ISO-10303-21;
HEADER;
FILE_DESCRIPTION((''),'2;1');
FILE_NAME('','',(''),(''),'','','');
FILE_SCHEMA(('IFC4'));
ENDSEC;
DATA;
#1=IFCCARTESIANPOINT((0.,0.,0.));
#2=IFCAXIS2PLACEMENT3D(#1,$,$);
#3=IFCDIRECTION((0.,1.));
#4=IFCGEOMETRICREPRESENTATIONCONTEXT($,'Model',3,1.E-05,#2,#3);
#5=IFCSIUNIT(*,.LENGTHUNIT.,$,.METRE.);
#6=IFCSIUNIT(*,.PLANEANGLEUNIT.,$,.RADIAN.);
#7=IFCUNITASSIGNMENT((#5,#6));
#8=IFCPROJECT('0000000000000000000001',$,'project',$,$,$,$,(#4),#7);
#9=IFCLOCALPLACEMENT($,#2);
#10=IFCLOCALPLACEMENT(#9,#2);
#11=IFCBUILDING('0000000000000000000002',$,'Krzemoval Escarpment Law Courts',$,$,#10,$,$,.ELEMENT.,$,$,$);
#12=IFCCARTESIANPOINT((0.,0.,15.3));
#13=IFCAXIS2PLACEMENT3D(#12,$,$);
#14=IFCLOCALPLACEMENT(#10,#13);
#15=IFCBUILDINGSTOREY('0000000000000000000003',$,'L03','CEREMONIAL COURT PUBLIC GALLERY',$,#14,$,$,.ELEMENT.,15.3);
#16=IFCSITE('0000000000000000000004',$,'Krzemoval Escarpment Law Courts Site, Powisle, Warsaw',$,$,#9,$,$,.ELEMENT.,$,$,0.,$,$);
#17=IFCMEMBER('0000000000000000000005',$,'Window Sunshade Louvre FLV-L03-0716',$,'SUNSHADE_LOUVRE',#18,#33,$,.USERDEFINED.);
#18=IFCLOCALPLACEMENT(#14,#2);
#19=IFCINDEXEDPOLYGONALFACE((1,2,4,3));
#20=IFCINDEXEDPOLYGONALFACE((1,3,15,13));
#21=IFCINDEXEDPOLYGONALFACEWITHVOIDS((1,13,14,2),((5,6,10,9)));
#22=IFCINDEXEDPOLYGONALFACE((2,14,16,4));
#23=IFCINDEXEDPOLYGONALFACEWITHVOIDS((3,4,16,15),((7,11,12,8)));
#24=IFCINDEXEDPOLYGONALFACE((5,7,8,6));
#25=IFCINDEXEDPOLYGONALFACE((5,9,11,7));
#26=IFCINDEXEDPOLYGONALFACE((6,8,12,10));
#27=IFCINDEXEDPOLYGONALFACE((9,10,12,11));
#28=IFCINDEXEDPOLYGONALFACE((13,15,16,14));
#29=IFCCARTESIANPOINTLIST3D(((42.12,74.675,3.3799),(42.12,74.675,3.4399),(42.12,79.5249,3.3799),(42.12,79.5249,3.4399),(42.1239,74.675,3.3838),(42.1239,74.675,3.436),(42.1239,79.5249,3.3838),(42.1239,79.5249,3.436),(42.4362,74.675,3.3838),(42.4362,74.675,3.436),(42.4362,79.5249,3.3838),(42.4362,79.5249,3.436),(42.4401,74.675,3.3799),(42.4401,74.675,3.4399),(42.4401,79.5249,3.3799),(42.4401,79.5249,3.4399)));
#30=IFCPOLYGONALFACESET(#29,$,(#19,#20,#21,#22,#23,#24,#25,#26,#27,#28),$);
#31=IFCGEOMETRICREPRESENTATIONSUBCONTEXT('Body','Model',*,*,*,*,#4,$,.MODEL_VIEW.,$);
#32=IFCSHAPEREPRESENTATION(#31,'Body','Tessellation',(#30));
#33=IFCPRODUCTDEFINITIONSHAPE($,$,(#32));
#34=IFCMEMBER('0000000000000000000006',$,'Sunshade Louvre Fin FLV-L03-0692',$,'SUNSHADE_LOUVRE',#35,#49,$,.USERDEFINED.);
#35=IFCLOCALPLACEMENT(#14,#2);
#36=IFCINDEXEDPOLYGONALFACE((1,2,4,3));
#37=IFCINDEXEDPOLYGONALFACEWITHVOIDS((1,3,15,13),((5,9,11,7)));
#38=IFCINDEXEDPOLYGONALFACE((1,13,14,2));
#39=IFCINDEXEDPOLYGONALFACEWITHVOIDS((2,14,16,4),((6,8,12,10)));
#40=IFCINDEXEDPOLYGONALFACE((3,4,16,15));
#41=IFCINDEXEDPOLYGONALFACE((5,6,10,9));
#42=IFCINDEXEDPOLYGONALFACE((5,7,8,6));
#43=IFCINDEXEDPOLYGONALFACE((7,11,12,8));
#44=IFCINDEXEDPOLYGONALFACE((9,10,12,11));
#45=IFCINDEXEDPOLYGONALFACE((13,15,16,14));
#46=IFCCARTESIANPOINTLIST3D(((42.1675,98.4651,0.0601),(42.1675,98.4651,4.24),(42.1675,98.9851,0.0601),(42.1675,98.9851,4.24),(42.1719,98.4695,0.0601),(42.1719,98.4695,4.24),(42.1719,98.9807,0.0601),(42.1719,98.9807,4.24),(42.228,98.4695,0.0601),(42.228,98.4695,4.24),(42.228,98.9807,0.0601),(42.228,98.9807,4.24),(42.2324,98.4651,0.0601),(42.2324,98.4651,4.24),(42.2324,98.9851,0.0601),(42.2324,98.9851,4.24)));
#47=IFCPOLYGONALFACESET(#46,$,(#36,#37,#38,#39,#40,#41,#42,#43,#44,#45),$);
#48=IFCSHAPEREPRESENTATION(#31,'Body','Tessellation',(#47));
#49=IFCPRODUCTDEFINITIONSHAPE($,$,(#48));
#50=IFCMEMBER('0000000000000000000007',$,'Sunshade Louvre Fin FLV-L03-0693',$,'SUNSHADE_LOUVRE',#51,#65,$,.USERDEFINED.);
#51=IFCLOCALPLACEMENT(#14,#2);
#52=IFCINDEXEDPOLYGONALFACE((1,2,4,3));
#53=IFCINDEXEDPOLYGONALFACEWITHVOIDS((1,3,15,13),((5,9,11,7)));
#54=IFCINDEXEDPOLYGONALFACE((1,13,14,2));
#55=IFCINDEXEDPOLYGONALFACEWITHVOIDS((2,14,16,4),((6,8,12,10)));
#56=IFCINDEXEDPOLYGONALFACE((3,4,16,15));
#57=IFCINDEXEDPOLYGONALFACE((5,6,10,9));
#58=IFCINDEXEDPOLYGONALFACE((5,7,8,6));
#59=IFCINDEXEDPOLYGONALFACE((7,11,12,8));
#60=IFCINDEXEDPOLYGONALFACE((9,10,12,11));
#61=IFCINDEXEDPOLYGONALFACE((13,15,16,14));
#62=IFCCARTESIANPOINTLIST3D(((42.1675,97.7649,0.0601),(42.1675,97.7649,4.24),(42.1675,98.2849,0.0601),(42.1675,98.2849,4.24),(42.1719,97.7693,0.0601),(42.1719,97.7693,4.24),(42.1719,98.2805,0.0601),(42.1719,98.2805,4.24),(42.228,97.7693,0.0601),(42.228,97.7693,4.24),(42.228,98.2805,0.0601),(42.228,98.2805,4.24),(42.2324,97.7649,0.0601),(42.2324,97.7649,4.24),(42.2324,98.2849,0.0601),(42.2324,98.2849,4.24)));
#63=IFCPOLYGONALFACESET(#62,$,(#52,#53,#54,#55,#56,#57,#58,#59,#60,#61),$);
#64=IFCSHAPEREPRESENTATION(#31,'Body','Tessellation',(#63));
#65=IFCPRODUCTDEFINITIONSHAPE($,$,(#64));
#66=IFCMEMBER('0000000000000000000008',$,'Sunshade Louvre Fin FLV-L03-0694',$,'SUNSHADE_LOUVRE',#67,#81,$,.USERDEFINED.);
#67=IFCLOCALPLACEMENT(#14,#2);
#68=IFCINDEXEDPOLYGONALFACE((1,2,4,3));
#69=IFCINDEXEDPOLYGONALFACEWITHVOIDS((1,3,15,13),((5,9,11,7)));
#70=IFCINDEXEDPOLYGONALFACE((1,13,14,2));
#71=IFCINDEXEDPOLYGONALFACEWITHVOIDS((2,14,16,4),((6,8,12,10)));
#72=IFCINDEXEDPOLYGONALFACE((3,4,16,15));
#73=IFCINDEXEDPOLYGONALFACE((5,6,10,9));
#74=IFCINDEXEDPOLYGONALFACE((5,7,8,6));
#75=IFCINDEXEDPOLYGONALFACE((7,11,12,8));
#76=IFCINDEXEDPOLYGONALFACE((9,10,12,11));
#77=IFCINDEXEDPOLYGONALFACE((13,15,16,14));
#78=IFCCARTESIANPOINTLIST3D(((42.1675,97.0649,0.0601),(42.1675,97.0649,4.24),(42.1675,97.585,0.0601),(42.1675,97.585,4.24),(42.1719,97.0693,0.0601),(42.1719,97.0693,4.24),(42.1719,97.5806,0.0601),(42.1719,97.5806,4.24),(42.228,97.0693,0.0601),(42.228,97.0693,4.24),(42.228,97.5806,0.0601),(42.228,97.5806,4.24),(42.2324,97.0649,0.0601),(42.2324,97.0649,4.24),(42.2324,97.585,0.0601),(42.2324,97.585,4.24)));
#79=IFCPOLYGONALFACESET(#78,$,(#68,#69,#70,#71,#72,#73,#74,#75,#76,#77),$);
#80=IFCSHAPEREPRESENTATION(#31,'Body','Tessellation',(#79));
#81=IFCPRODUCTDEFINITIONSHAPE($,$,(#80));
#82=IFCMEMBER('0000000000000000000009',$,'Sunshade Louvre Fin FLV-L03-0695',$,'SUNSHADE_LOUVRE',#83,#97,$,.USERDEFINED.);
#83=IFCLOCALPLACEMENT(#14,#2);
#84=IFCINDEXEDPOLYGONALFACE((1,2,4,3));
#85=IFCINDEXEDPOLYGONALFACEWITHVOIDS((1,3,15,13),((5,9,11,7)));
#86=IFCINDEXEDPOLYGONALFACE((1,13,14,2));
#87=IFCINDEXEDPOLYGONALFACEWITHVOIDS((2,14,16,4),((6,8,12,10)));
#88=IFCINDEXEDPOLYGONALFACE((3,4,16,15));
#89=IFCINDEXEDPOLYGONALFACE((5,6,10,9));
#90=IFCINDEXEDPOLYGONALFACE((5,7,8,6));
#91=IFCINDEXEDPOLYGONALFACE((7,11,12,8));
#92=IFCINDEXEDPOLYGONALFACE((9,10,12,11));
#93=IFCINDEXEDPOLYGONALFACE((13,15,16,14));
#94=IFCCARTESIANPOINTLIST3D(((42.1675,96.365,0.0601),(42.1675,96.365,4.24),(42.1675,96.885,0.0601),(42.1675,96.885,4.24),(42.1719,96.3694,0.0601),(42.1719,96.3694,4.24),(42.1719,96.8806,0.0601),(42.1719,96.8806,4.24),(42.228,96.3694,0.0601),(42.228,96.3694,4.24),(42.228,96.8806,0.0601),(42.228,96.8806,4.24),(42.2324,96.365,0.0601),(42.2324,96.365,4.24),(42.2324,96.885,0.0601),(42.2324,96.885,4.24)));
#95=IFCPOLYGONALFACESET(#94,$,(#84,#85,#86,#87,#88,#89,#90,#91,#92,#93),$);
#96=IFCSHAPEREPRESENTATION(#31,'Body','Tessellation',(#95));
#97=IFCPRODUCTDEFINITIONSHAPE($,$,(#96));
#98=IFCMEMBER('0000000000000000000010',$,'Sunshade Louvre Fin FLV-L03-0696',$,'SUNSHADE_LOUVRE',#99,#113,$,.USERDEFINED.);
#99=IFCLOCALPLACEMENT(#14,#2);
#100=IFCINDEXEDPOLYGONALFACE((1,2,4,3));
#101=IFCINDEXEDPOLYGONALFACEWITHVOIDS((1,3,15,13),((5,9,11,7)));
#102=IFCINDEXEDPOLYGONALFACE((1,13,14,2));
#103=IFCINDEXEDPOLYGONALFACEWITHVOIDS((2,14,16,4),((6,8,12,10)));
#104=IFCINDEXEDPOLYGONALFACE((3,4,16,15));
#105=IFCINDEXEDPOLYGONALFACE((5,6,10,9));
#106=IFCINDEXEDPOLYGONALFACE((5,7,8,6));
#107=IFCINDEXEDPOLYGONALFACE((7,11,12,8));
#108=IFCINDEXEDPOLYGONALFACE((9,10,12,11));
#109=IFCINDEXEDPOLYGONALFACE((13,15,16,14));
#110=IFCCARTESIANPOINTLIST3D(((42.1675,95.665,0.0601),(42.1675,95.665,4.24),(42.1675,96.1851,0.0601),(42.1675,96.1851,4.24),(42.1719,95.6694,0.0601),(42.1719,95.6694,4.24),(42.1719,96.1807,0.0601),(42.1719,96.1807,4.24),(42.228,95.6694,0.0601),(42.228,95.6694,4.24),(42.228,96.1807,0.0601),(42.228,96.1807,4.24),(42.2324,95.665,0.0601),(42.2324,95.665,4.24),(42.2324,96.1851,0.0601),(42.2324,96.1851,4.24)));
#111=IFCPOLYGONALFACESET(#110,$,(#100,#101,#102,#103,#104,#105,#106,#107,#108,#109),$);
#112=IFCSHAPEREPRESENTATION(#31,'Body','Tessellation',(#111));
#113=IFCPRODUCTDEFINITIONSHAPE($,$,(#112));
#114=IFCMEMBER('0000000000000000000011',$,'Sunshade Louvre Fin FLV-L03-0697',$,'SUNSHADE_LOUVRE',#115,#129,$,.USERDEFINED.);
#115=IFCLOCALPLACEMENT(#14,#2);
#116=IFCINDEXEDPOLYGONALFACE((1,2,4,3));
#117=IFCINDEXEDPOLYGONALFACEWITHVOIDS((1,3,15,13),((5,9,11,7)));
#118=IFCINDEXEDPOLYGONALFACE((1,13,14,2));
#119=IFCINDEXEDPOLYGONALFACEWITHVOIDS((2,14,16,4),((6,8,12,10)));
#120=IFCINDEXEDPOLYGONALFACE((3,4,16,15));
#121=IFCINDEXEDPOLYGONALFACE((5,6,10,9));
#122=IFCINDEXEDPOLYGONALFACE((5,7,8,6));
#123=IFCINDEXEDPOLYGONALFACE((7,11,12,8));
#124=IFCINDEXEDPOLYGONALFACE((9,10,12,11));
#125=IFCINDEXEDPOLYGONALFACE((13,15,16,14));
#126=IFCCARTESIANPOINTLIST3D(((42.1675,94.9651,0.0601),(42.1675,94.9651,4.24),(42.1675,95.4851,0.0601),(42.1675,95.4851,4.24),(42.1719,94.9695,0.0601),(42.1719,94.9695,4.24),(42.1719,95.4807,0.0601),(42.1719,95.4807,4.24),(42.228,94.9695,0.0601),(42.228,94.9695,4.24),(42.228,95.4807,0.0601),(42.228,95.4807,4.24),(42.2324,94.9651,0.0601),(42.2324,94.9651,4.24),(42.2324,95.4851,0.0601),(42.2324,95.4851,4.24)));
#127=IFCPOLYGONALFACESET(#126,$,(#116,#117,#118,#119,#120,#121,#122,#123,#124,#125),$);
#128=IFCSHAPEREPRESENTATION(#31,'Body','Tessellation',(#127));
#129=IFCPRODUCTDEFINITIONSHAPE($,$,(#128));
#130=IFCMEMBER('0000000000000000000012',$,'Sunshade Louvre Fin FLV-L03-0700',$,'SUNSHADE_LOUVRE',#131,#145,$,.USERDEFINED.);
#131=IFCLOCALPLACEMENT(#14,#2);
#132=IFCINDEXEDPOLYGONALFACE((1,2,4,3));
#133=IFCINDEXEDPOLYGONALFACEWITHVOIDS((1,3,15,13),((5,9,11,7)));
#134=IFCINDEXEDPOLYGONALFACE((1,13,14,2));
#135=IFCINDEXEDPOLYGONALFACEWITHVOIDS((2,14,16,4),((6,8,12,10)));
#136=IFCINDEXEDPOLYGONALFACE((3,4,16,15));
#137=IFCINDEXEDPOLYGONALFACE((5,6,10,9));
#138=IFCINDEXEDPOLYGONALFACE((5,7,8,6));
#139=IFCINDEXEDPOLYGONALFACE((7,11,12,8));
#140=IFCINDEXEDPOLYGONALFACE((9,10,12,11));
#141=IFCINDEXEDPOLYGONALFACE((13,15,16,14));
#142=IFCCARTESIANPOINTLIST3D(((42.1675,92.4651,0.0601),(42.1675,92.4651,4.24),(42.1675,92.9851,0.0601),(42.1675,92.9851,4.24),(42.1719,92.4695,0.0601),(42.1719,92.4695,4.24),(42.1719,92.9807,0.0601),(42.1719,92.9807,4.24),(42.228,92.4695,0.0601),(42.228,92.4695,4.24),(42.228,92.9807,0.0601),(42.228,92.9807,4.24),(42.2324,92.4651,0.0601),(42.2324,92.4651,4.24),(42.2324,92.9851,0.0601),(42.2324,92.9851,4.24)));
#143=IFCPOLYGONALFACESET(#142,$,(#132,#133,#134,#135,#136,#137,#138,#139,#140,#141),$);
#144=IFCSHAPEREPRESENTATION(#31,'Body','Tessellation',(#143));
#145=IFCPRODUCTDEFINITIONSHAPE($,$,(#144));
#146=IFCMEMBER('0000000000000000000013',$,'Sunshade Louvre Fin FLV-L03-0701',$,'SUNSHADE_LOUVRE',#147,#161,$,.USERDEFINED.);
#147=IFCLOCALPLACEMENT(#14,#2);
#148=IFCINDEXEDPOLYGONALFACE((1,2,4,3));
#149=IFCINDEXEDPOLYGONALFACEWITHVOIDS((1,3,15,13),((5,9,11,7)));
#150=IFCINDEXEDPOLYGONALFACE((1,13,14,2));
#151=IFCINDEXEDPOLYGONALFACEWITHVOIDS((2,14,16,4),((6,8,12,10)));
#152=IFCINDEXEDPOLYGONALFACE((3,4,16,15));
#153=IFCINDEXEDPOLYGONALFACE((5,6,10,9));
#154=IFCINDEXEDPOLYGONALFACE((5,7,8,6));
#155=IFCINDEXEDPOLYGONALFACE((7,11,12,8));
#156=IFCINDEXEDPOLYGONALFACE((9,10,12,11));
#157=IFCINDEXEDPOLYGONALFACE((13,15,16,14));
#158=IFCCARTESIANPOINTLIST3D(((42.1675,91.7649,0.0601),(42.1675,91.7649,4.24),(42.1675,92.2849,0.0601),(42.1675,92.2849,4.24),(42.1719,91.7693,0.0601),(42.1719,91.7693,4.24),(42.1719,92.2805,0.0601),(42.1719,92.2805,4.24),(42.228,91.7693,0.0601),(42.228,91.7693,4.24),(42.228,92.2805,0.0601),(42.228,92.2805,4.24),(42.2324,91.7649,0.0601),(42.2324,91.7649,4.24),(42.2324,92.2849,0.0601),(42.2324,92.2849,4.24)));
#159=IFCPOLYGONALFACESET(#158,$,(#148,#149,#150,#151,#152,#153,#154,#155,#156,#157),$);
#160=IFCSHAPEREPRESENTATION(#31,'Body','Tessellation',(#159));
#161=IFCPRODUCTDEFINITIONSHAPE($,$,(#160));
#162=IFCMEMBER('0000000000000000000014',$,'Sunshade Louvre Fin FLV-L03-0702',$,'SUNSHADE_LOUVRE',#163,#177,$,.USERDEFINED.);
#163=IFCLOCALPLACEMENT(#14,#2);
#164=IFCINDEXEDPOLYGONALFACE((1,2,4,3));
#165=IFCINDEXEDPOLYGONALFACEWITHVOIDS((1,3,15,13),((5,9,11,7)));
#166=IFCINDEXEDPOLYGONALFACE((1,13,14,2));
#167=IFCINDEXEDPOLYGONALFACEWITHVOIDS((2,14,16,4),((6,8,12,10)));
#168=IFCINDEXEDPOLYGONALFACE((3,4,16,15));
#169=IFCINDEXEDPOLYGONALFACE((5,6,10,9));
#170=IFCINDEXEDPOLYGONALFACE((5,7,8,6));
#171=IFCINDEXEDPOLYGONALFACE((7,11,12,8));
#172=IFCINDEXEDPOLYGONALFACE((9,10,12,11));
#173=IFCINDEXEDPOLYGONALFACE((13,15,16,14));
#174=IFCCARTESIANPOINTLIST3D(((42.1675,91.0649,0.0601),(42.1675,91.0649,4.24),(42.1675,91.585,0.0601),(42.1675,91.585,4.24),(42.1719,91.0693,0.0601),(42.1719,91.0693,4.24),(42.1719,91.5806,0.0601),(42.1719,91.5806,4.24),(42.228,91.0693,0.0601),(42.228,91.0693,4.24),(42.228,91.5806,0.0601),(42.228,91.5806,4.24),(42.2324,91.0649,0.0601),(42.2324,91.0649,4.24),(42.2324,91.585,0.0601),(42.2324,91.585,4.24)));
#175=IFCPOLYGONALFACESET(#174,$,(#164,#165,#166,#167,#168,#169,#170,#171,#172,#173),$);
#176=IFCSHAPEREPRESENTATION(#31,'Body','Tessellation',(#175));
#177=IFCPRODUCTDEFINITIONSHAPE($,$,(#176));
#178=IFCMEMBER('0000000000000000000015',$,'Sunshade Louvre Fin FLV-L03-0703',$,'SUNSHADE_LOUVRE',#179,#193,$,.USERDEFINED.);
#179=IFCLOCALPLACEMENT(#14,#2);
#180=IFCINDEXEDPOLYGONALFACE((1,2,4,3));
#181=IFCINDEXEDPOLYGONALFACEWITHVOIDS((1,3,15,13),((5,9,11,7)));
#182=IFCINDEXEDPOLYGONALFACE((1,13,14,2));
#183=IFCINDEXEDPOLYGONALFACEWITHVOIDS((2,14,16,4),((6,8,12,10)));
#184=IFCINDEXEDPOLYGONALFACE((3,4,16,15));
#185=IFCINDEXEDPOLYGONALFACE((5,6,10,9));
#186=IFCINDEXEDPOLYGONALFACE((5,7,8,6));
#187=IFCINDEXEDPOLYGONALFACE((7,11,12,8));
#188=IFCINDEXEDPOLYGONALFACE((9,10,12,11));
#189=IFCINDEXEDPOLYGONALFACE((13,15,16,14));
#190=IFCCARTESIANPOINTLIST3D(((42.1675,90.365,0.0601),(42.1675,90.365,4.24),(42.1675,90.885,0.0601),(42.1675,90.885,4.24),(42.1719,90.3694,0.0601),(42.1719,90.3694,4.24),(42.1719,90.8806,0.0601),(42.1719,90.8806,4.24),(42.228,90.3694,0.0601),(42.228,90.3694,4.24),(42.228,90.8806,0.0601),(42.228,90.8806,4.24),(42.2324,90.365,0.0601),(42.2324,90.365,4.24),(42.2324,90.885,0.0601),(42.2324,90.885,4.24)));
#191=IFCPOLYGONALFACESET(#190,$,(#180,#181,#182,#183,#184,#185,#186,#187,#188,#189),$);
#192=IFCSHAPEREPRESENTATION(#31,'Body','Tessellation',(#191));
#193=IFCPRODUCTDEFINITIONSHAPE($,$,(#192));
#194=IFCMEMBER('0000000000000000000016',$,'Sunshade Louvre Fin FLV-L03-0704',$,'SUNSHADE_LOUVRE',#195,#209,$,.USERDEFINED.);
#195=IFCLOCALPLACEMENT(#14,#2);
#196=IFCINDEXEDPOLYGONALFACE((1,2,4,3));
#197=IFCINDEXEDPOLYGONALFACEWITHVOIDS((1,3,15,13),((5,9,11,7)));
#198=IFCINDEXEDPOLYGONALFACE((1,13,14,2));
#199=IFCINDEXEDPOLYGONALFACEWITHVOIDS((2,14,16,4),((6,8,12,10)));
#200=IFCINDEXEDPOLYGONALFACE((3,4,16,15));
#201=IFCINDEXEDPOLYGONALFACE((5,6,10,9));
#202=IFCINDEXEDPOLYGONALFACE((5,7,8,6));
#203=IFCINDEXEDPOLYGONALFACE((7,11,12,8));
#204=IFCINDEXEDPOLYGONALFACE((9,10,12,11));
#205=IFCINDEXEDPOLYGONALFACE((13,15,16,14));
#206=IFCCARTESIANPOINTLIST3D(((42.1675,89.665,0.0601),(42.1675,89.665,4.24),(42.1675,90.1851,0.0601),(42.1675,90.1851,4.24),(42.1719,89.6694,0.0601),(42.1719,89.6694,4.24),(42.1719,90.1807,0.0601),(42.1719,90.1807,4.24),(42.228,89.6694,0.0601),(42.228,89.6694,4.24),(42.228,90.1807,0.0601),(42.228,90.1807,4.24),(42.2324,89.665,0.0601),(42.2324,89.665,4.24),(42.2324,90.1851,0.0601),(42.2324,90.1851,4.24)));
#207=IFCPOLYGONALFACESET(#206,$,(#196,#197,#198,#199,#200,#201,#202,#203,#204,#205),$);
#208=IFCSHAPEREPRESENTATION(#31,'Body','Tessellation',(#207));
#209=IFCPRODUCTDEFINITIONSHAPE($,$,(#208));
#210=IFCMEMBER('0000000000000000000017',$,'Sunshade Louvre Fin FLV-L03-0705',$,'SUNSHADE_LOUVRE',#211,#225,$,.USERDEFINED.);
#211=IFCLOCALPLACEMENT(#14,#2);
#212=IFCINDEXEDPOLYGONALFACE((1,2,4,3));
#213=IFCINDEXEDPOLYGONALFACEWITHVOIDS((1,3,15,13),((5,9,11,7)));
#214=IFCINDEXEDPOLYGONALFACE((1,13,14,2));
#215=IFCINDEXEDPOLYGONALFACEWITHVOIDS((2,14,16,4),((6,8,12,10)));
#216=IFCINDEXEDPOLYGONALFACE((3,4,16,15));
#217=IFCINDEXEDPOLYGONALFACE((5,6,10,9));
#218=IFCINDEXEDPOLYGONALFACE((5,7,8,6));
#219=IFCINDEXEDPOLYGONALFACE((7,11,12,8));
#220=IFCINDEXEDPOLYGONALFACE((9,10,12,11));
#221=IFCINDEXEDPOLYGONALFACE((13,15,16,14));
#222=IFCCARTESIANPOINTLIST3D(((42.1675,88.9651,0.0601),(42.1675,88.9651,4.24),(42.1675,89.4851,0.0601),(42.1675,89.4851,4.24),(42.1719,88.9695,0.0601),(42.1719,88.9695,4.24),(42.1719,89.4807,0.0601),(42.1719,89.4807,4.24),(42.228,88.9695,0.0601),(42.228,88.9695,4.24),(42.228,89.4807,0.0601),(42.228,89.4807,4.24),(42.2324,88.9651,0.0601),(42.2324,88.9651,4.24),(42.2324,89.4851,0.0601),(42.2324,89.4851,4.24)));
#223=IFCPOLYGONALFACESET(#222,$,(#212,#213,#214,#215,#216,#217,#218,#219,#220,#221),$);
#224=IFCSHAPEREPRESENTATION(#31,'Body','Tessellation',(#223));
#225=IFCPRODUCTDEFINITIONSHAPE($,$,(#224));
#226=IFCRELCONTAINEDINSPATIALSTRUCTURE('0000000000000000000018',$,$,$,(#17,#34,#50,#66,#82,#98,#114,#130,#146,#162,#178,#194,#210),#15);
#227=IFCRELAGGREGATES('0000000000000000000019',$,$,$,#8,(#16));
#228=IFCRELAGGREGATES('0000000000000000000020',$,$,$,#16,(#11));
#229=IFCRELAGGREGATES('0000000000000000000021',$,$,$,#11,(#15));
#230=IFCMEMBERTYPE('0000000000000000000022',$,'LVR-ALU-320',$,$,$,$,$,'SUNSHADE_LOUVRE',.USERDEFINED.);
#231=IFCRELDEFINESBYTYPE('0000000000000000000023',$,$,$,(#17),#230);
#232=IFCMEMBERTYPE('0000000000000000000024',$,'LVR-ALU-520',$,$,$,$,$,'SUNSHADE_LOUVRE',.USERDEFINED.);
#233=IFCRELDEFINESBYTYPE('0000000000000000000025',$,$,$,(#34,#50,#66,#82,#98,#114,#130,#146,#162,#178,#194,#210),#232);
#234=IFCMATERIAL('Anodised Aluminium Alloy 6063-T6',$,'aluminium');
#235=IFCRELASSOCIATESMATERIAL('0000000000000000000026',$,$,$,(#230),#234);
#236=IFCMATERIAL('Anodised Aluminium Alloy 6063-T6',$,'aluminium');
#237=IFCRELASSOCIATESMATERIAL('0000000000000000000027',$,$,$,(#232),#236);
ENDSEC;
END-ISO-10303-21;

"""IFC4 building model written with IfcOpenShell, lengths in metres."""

from ifc_helpers import new_model, si_unit, direction, frame, origin, origin_2d, place, context, subcontext, project, spatial, hollow_rectangle, extrude, material, material_profile, profile_set, type_object, element, save


model = new_model("IFC4")

# Units and contexts
model_context = context("Model", 3, precision=1e-05, world=origin(), true_north=direction((0.0, 1.0)))
body_context = subcontext(model_context, "Body", "Model", "MODEL_VIEW")
ifc_project = project(units=[si_unit("LENGTHUNIT", "METRE"), si_unit("PLANEANGLEUNIT", "RADIAN")], contexts=[model_context])

# Site, building, storey
site_placement = place(None, origin())
site = spatial("IfcSite", under=ifc_project, at=site_placement, Name="Krzemoval Escarpment Law Courts Site, Powisle, Warsaw", CompositionType="ELEMENT", RefElevation=0.0)
building_placement = place(site_placement, origin())
building = spatial("IfcBuilding", under=site, at=building_placement, Name="Krzemoval Escarpment Law Courts", CompositionType="ELEMENT")
storey_placement = place(building_placement, frame((0.0, 0.0, 15.3)))
storey = spatial("IfcBuildingStorey", under=building, at=storey_placement, Name="L03", Description="CEREMONIAL COURT PUBLIC GALLERY", CompositionType="ELEMENT", Elevation=15.3)

# Members
ifc_material_1 = material(Name="Anodised Aluminium Alloy 6063-T6", Category="aluminium")
ifc_material_profile_1 = material_profile(ifc_material_1, hollow_rectangle(XDim=0.0601, YDim=0.3201, WallThickness=0.0039, at=origin_2d()), Name="ALU LVR 60x320")
ifc_profile_set_1 = profile_set([ifc_material_profile_1], Name="Anodised Aluminium Alloy 6063-T6")
member_type_1 = type_object("IfcMemberType", Name="LVR-ALU-320", ElementType="SUNSHADE_LOUVRE", PredefinedType="USERDEFINED", material=ifc_profile_set_1)
member_placement = place(storey_placement, frame((42.28, 79.5249, 3.4099), z_axis=(0.0, -1.0, 0.0), x_axis=(0.0, 0.0, 1.0)))
element("IfcMember", 1, at=member_placement, inside=storey, type_object=member_type_1, Name="Window Sunshade Louvre FLV-L03-0716", ObjectType="SUNSHADE_LOUVRE", PredefinedType="USERDEFINED", context=body_context, shape_type="SweptSolid", body=[
    extrude(hollow_rectangle(XDim=0.0601, YDim=0.3201, WallThickness=0.0039, at=origin_2d()), origin(), (0.0, 0.0, 1.0), 4.8499),
])
ifc_material_2 = material(Name="Anodised Aluminium Alloy 6063-T6", Category="aluminium")
ifc_material_profile_2 = material_profile(ifc_material_2, hollow_rectangle(XDim=0.0649, YDim=0.52, WallThickness=0.0044, at=origin_2d()), Name="ALU LVR 65x520")
ifc_profile_set_2 = profile_set([ifc_material_profile_2], Name="Anodised Aluminium Alloy 6063-T6")
member_type_2 = type_object("IfcMemberType", Name="LVR-ALU-520", ElementType="SUNSHADE_LOUVRE", PredefinedType="USERDEFINED", material=ifc_profile_set_2)
for number, where, z_axis, x_axis, name in (
    (2, (42.2, 98.7251, 0.0601), (0.0, 0.0, 1.0), (1.0, 0.0, 0.0), "Sunshade Louvre Fin FLV-L03-0692"),
    (3, (42.2, 98.0249, 0.0601), (0.0, 0.0, 1.0), (1.0, 0.0, 0.0), "Sunshade Louvre Fin FLV-L03-0693"),
    (4, (42.2, 97.325, 0.0601), (0.0, 0.0, 1.0), (1.0, 0.0, 0.0), "Sunshade Louvre Fin FLV-L03-0694"),
    (5, (42.2, 96.625, 0.0601), (0.0, 0.0, 1.0), (1.0, 0.0, 0.0), "Sunshade Louvre Fin FLV-L03-0695"),
    (6, (42.2, 95.925, 0.0601), (0.0, 0.0, 1.0), (1.0, 0.0, 0.0), "Sunshade Louvre Fin FLV-L03-0696"),
    (7, (42.2, 95.2251, 0.0601), (0.0, 0.0, 1.0), (1.0, 0.0, 0.0), "Sunshade Louvre Fin FLV-L03-0697"),
    (8, (42.2, 92.7251, 0.0601), (0.0, 0.0, 1.0), (1.0, 0.0, 0.0), "Sunshade Louvre Fin FLV-L03-0700"),
    (9, (42.2, 92.0249, 0.0601), (0.0, 0.0, 1.0), (1.0, 0.0, 0.0), "Sunshade Louvre Fin FLV-L03-0701"),
    (10, (42.2, 91.325, 0.0601), (0.0, 0.0, 1.0), (1.0, 0.0, 0.0), "Sunshade Louvre Fin FLV-L03-0702"),
    (11, (42.2, 90.625, 0.0601), (0.0, 0.0, 1.0), (1.0, 0.0, 0.0), "Sunshade Louvre Fin FLV-L03-0703"),
    (12, (42.2, 89.925, 0.0601), (0.0, 0.0, 1.0), (1.0, 0.0, 0.0), "Sunshade Louvre Fin FLV-L03-0704"),
    (13, (42.2, 89.2251, 0.0601), (0.0, 0.0, 1.0), (1.0, 0.0, 0.0), "Sunshade Louvre Fin FLV-L03-0705"),
):
    element("IfcMember", number, at=place(storey_placement, frame(where, z_axis=z_axis, x_axis=x_axis)), inside=storey, type_object=member_type_2, Name=name, ObjectType="SUNSHADE_LOUVRE", PredefinedType="USERDEFINED", context=body_context, shape_type="SweptSolid", body=[
        extrude(hollow_rectangle(XDim=0.0649, YDim=0.52, WallThickness=0.0044, at=origin_2d()), origin(), (0.0, 0.0, 1.0), 4.1799),
    ])

save(model, "model.ifc")
